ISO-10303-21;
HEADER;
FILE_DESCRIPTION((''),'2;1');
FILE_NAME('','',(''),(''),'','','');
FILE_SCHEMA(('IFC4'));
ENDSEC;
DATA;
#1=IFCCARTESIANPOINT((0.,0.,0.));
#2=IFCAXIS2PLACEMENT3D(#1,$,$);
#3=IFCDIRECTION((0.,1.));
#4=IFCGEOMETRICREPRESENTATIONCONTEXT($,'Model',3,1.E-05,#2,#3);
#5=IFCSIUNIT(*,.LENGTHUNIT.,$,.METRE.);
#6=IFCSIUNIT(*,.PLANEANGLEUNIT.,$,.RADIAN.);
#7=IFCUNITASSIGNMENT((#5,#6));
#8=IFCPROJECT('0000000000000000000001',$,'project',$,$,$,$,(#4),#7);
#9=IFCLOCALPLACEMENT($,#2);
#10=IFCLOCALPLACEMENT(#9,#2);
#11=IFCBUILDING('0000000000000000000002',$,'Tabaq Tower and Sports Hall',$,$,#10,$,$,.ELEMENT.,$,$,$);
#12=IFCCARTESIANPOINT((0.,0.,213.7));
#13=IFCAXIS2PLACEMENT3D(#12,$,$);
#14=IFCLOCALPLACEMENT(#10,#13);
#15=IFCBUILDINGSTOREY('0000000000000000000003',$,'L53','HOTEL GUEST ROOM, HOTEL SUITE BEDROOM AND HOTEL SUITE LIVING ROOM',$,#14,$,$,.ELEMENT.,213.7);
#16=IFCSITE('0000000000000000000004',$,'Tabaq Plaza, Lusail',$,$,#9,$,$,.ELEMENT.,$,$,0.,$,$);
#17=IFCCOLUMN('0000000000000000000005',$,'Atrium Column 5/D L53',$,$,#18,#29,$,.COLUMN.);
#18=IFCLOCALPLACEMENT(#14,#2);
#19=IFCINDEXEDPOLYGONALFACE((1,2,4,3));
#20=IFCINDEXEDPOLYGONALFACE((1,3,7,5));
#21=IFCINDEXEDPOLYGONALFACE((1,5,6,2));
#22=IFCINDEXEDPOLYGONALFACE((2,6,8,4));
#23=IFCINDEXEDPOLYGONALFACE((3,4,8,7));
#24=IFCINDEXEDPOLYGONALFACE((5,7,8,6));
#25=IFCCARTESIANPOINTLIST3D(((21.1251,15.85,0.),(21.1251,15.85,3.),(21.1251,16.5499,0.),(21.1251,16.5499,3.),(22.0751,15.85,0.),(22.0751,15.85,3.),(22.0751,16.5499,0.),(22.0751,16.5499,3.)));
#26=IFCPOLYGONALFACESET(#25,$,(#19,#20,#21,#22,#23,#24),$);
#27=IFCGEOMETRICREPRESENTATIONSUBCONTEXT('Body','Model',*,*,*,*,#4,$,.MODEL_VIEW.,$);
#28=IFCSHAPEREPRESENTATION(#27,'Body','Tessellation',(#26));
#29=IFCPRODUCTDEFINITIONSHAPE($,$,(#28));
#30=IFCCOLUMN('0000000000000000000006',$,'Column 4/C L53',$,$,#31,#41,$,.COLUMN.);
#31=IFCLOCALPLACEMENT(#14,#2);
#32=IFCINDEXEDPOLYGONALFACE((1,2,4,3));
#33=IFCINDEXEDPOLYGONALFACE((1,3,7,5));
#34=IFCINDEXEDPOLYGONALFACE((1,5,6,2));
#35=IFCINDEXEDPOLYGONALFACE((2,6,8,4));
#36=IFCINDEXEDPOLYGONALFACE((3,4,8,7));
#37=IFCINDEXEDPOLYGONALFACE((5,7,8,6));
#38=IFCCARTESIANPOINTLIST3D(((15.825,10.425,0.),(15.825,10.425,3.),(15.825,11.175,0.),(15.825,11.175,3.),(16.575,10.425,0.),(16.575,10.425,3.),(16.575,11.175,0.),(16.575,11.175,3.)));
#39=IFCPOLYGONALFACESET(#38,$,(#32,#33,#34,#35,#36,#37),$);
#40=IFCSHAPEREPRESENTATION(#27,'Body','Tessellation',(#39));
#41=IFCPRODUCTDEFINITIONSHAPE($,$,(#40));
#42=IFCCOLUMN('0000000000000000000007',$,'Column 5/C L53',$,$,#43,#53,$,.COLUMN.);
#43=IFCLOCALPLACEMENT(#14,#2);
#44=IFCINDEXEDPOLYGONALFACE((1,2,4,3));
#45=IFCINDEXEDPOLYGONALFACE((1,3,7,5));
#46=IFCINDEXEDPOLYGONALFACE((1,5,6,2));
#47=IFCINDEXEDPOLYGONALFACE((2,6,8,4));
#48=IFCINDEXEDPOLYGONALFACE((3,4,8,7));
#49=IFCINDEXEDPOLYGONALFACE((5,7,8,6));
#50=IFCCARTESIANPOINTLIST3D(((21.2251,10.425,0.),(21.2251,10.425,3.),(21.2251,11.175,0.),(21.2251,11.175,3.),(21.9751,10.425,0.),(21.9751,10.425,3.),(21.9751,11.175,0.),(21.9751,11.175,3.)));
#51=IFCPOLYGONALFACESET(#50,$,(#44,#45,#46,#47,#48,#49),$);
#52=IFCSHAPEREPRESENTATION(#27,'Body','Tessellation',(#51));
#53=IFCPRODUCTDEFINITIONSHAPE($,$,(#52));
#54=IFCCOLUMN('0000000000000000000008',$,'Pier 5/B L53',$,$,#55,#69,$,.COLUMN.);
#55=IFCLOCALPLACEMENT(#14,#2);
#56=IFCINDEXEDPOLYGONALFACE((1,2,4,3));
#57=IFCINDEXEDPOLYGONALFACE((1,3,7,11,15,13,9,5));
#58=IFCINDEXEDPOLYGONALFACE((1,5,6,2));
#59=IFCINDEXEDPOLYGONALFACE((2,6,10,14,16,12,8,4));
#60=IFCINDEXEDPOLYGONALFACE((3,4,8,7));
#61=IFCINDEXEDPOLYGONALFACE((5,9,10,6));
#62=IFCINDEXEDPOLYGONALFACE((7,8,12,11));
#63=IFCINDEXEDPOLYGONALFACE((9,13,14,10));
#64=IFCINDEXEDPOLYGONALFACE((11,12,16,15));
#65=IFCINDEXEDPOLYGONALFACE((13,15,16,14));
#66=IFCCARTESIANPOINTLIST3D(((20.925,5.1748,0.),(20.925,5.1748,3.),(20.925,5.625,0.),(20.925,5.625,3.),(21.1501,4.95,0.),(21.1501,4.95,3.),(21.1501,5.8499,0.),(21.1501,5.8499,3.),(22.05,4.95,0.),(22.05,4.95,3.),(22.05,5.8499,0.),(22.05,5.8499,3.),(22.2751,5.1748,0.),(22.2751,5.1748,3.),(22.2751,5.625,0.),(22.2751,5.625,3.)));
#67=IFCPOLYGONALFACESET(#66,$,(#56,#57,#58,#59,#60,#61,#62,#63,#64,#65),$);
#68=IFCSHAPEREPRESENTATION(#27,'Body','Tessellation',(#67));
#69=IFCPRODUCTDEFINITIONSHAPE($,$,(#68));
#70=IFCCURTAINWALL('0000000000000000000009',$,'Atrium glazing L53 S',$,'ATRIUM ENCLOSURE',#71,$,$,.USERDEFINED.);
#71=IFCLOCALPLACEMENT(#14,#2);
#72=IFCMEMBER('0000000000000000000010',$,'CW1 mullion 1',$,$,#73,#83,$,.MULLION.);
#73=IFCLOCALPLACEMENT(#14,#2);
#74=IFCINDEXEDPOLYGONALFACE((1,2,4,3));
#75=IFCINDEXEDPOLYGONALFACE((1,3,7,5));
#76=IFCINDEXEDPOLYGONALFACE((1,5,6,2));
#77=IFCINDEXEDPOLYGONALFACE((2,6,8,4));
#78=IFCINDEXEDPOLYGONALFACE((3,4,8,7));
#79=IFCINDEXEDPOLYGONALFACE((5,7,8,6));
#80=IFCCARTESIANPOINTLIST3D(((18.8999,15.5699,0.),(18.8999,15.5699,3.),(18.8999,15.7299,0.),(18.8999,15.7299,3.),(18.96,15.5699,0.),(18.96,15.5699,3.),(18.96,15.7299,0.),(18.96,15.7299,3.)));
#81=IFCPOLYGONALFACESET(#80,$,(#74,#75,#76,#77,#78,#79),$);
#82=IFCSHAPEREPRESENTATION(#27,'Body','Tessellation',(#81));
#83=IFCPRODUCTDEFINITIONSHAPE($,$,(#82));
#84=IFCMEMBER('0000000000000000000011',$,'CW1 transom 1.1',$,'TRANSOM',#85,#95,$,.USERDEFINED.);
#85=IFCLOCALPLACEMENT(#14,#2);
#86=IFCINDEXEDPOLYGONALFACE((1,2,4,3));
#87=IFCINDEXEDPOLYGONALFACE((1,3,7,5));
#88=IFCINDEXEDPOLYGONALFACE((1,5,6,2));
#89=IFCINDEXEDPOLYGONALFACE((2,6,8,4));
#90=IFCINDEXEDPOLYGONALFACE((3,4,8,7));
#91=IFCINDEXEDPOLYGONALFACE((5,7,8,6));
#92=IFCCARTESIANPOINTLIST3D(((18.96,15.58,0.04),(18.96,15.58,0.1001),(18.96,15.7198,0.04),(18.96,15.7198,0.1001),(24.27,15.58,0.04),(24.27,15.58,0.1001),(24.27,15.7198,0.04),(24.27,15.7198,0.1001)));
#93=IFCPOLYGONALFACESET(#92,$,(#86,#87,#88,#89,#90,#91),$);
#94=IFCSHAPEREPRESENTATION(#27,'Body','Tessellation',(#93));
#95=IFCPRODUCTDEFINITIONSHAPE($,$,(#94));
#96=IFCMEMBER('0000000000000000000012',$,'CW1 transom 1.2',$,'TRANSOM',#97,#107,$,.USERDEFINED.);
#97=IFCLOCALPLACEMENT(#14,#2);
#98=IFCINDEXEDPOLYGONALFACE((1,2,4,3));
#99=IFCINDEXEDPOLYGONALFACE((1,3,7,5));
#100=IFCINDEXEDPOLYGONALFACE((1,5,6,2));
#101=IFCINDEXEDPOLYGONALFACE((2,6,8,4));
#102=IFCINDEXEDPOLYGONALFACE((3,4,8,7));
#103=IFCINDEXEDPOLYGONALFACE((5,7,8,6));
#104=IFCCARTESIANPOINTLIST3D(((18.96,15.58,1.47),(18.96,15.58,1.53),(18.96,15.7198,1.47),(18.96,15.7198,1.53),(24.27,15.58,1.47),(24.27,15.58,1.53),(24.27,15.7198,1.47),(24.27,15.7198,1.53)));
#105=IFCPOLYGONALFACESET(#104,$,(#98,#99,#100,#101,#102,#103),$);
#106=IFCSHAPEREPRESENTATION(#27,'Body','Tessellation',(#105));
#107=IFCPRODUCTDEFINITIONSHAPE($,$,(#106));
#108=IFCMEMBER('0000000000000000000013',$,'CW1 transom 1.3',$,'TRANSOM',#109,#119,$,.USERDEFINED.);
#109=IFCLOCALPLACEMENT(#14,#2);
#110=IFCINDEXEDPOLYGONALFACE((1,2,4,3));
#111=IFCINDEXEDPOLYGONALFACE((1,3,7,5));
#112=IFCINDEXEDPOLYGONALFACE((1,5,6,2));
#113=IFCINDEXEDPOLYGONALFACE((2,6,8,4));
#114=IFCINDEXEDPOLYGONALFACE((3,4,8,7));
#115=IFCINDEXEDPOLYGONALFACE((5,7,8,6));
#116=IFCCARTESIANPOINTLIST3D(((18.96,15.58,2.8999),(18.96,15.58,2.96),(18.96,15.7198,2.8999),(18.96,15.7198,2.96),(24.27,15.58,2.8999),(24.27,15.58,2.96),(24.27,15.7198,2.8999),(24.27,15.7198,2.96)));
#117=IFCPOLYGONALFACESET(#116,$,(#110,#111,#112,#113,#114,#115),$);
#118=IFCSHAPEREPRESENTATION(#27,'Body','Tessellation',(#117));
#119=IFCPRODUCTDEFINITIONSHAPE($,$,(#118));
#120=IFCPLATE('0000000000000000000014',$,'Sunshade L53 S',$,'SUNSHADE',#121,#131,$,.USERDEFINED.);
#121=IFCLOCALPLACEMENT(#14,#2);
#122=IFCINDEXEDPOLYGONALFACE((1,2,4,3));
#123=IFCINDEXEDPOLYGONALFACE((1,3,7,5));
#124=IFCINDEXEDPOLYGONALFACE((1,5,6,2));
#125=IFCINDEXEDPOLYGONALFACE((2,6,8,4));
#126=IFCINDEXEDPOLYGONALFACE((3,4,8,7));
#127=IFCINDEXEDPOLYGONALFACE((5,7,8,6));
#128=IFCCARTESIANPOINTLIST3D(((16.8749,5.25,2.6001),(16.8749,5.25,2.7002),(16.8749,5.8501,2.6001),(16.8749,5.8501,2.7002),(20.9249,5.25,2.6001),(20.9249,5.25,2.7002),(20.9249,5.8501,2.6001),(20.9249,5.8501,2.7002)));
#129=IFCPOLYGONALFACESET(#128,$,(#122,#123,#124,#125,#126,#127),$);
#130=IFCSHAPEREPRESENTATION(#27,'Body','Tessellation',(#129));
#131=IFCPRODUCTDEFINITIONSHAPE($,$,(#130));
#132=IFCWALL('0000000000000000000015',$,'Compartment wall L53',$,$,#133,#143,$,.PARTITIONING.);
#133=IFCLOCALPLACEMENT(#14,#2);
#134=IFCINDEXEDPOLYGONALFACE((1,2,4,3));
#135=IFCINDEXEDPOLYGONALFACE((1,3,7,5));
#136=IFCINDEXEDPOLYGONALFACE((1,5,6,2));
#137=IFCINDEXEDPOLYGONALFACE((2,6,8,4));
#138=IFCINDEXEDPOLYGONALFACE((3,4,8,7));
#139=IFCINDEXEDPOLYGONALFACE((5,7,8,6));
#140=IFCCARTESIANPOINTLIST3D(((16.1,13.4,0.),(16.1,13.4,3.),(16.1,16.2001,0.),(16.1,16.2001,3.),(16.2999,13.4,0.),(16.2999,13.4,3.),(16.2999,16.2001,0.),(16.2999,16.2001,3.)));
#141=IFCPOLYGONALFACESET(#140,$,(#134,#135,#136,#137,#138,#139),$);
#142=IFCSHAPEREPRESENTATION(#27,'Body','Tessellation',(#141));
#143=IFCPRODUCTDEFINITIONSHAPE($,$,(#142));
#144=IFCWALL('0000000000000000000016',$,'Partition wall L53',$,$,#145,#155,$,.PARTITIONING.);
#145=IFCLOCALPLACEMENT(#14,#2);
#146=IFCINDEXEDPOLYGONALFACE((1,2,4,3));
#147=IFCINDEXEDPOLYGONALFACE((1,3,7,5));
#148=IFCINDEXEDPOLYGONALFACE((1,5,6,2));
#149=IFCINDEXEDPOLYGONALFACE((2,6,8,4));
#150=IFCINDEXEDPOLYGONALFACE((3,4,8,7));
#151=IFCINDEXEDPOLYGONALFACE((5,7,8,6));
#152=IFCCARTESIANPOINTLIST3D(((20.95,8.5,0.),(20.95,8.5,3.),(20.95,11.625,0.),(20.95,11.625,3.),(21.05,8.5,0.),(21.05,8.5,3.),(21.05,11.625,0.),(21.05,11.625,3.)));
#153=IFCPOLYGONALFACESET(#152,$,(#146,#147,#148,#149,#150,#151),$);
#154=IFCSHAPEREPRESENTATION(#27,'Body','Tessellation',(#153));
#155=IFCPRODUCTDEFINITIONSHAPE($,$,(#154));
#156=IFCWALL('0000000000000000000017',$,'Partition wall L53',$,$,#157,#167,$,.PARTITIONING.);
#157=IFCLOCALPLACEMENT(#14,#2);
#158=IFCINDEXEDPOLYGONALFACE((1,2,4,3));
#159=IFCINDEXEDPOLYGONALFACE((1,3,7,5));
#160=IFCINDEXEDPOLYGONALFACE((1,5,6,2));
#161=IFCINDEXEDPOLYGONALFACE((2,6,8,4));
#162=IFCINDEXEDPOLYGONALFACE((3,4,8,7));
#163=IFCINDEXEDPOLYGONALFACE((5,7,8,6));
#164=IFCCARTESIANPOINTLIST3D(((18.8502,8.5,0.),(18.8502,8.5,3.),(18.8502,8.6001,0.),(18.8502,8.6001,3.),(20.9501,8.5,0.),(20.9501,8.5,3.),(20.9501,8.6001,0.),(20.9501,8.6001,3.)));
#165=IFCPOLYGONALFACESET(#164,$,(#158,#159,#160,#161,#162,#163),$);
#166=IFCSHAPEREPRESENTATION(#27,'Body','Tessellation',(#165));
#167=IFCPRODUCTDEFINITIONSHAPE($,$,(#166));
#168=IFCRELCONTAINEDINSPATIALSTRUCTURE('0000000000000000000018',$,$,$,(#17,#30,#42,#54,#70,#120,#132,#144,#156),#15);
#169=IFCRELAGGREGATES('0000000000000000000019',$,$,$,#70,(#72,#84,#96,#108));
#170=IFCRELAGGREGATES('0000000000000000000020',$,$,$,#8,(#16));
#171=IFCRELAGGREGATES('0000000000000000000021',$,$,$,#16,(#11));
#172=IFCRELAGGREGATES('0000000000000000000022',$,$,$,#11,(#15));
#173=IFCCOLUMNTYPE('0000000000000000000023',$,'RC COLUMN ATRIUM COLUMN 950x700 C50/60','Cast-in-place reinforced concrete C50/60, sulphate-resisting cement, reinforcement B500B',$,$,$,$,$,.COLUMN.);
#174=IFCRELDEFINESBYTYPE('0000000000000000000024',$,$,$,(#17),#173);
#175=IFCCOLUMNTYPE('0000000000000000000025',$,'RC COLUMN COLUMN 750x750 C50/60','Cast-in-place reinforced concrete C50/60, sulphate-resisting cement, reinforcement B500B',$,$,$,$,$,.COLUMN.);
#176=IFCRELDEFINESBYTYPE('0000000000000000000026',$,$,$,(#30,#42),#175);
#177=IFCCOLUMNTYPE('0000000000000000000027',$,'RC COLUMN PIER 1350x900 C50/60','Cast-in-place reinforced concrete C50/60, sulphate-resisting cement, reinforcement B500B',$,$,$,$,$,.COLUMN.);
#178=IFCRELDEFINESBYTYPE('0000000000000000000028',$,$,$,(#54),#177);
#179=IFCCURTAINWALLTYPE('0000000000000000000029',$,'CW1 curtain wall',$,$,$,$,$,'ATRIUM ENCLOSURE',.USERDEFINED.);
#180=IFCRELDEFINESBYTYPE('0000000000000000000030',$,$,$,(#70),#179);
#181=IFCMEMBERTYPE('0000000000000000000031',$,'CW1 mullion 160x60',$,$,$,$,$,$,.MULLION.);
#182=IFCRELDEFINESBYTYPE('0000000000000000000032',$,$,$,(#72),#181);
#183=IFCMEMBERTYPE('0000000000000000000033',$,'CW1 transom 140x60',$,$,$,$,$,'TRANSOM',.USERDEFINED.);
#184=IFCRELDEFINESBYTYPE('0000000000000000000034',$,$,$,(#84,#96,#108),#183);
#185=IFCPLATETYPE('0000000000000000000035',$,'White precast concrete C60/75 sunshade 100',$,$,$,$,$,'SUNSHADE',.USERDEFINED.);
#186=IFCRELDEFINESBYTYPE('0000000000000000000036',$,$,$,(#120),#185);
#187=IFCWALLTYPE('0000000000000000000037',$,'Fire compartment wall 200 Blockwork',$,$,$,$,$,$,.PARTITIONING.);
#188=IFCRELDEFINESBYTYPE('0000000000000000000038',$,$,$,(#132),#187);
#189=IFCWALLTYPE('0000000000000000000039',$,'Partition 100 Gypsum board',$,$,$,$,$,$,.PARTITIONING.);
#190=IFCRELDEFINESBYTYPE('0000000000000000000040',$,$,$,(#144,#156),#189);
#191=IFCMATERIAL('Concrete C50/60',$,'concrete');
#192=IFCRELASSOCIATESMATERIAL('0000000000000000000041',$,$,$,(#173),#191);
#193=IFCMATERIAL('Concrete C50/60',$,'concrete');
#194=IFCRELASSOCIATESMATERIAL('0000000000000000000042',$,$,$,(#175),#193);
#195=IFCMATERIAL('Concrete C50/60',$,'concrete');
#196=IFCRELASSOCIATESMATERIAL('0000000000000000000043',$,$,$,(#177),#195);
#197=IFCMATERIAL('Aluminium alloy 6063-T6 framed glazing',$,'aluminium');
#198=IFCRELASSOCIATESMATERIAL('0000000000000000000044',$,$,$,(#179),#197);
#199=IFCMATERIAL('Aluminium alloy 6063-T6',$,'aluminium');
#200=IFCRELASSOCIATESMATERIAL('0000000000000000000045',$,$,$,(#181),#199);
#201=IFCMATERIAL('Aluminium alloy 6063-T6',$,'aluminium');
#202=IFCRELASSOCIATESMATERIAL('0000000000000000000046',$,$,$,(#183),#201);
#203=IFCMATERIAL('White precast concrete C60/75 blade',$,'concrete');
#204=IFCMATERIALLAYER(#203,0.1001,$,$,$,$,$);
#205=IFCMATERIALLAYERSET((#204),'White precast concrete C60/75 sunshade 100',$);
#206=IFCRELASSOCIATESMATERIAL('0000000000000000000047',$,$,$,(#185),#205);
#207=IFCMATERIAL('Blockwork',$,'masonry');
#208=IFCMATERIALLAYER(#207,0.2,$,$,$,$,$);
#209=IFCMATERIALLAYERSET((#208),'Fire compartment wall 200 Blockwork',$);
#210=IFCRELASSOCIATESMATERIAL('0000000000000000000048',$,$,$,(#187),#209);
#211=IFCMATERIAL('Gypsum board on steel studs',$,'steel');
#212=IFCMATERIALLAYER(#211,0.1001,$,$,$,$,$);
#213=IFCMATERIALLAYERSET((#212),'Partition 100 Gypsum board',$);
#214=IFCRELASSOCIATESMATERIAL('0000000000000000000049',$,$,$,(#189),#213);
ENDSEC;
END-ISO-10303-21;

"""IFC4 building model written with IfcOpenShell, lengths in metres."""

from ifc_helpers import new_model, si_unit, direction, frame, frame_2d, origin, origin_2d, place, context, subcontext, project, spatial, polyline, rectangle, outline, extrude, material, layer, layer_set, material_profile, profile_set, type_object, element, aggregate, save


model = new_model("IFC4")

# Units and contexts
model_context = context("Model", 3, precision=1e-05, world=origin(), true_north=direction((0.0, 1.0)))
body_context = subcontext(model_context, "Body", "Model", "MODEL_VIEW")
ifc_project = project(units=[si_unit("LENGTHUNIT", "METRE"), si_unit("PLANEANGLEUNIT", "RADIAN")], contexts=[model_context])

# Site, building, storey
site_placement = place(None, origin())
site = spatial("IfcSite", under=ifc_project, at=site_placement, Name="Tabaq Plaza, Lusail", CompositionType="ELEMENT", RefElevation=0.0)
building_placement = place(site_placement, origin())
building = spatial("IfcBuilding", under=site, at=building_placement, Name="Tabaq Tower and Sports Hall", CompositionType="ELEMENT")
storey_placement = place(building_placement, frame((0.0, 0.0, 213.7)))
storey = spatial("IfcBuildingStorey", under=building, at=storey_placement, Name="L53", Description="HOTEL GUEST ROOM, HOTEL SUITE BEDROOM AND HOTEL SUITE LIVING ROOM", CompositionType="ELEMENT", Elevation=213.7)

# Columns
ifc_material_1 = material(Name="Concrete C50/60", Category="concrete")
ifc_material_profile_1 = material_profile(ifc_material_1, rectangle(XDim=0.95, YDim=0.7, at=origin_2d()), Name="ATRIUM COLUMN 950x700")
ifc_profile_set_1 = profile_set([ifc_material_profile_1], Name="Concrete C50/60")
column_type_1 = type_object("IfcColumnType", Name="RC COLUMN ATRIUM COLUMN 950x700 C50/60", Description="Cast-in-place reinforced concrete C50/60, sulphate-resisting cement, reinforcement B500B", PredefinedType="COLUMN", material=ifc_profile_set_1)
column_1_placement = place(storey_placement, frame((21.6001, 16.2, 0.0), z_axis=(0.0, 0.0, 1.0), x_axis=(1.0, 0.0, 0.0)))
element("IfcColumn", 1, at=column_1_placement, inside=storey, type_object=column_type_1, Name="Atrium Column 5/D L53", PredefinedType="COLUMN", context=body_context, shape_type="SweptSolid", body=[
    extrude(rectangle(XDim=0.95, YDim=0.7, at=origin_2d()), origin(), (0.0, 0.0, 1.0), 3.0),
])
ifc_material_2 = material(Name="Concrete C50/60", Category="concrete")
ifc_material_profile_2 = material_profile(ifc_material_2, rectangle(XDim=0.75, YDim=0.75, at=origin_2d()), Name="COLUMN 750x750")
ifc_profile_set_2 = profile_set([ifc_material_profile_2], Name="Concrete C50/60")
column_type_2 = type_object("IfcColumnType", Name="RC COLUMN COLUMN 750x750 C50/60", Description="Cast-in-place reinforced concrete C50/60, sulphate-resisting cement, reinforcement B500B", PredefinedType="COLUMN", material=ifc_profile_set_2)
for number, where, z_axis, x_axis, name in (
    (2, (16.2, 10.8, 0.0), (0.0, 0.0, 1.0), (1.0, 0.0, 0.0), "Column 4/C L53"),
    (3, (21.6001, 10.8, 0.0), (0.0, 0.0, 1.0), (1.0, 0.0, 0.0), "Column 5/C L53"),
):
    element("IfcColumn", number, at=place(storey_placement, frame(where, z_axis=z_axis, x_axis=x_axis)), inside=storey, type_object=column_type_2, Name=name, PredefinedType="COLUMN", context=body_context, shape_type="SweptSolid", body=[
        extrude(rectangle(XDim=0.75, YDim=0.75, at=origin_2d()), origin(), (0.0, 0.0, 1.0), 3.0),
    ])
ifc_material_3 = material(Name="Concrete C50/60", Category="concrete")
ifc_material_profile_3 = material_profile(ifc_material_3, outline(polyline([(-0.45, -0.45), (0.45, -0.45), (0.675, -0.2251), (0.675, 0.2251), (0.45, 0.45), (-0.45, 0.45), (-0.675, 0.2251), (-0.675, -0.2251), (-0.45, -0.45)])), Name="PIER 1350x900")
ifc_profile_set_3 = profile_set([ifc_material_profile_3], Name="Concrete C50/60")
column_type_3 = type_object("IfcColumnType", Name="RC COLUMN PIER 1350x900 C50/60", Description="Cast-in-place reinforced concrete C50/60, sulphate-resisting cement, reinforcement B500B", PredefinedType="COLUMN", material=ifc_profile_set_3)
column_2_placement = place(storey_placement, frame((21.6001, 5.3999, 0.0), z_axis=(0.0, 0.0, 1.0), x_axis=(1.0, 0.0, 0.0)))
element("IfcColumn", 4, at=column_2_placement, inside=storey, type_object=column_type_3, Name="Pier 5/B L53", PredefinedType="COLUMN", context=body_context, shape_type="SweptSolid", body=[
    extrude(outline(polyline([(-0.45, -0.45), (0.45, -0.45), (0.675, -0.2251), (0.675, 0.2251), (0.45, 0.45), (-0.45, 0.45), (-0.675, 0.2251), (-0.675, -0.2251), (-0.45, -0.45)])), origin(), (0.0, 0.0, 1.0), 3.0),
])

# Curtain wall, members
ifc_material_4 = material(Name="Aluminium alloy 6063-T6 framed glazing", Category="aluminium")
curtain_wall_type = type_object("IfcCurtainWallType", Name="CW1 curtain wall", ElementType="ATRIUM ENCLOSURE", PredefinedType="USERDEFINED", material=ifc_material_4)
curtain_wall_placement = place(storey_placement, origin())
curtain_wall = element("IfcCurtainWall", 5, at=curtain_wall_placement, inside=storey, type_object=curtain_wall_type, Name="Atrium glazing L53 S", ObjectType="ATRIUM ENCLOSURE", PredefinedType="USERDEFINED")
ifc_material_5 = material(Name="Aluminium alloy 6063-T6", Category="aluminium")
ifc_material_profile_4 = material_profile(ifc_material_5, rectangle(XDim=0.1599, YDim=0.0601, at=origin_2d()), Name="MULLION 160x60")
ifc_profile_set_4 = profile_set([ifc_material_profile_4], Name="Aluminium alloy 6063-T6")
member_type_1 = type_object("IfcMemberType", Name="CW1 mullion 160x60", PredefinedType="MULLION", material=ifc_profile_set_4)
member_1_placement = place(storey_placement, frame((18.9299, 15.6499, 0.0), z_axis=(0.0, 0.0, 1.0), x_axis=(0.0, 1.0, 0.0)))
member_1 = element("IfcMember", 6, at=member_1_placement, type_object=member_type_1, Name="CW1 mullion 1", PredefinedType="MULLION", context=body_context, shape_type="SweptSolid", body=[
    extrude(rectangle(XDim=0.1599, YDim=0.0601, at=origin_2d()), origin(), (0.0, 0.0, 1.0), 3.0),
])
ifc_material_6 = material(Name="Aluminium alloy 6063-T6", Category="aluminium")
ifc_material_profile_5 = material_profile(ifc_material_6, rectangle(XDim=0.1399, YDim=0.0601, at=origin_2d()), Name="TRANSOM 140x60")
ifc_profile_set_5 = profile_set([ifc_material_profile_5], Name="Aluminium alloy 6063-T6")
member_type_2 = type_object("IfcMemberType", Name="CW1 transom 140x60", ElementType="TRANSOM", PredefinedType="USERDEFINED", material=ifc_profile_set_5)
member_2_placement = place(storey_placement, frame((18.96, 15.6499, 0.0701), z_axis=(1.0, 0.0, 0.0), x_axis=(0.0, 1.0, 0.0)))
member_2 = element("IfcMember", 7, at=member_2_placement, type_object=member_type_2, Name="CW1 transom 1.1", ObjectType="TRANSOM", PredefinedType="USERDEFINED", context=body_context, shape_type="SweptSolid", body=[
    extrude(rectangle(XDim=0.1399, YDim=0.0601, at=origin_2d()), origin(), (0.0, 0.0, 1.0), 5.3101),
])
member_3_placement = place(storey_placement, frame((18.96, 15.6499, 1.5), z_axis=(1.0, 0.0, 0.0), x_axis=(0.0, 1.0, 0.0)))
member_3 = element("IfcMember", 8, at=member_3_placement, type_object=member_type_2, Name="CW1 transom 1.2", ObjectType="TRANSOM", PredefinedType="USERDEFINED", context=body_context, shape_type="SweptSolid", body=[
    extrude(rectangle(XDim=0.1399, YDim=0.0601, at=origin_2d()), origin(), (0.0, 0.0, 1.0), 5.3101),
])
member_4_placement = place(storey_placement, frame((18.96, 15.6499, 2.9299), z_axis=(1.0, 0.0, 0.0), x_axis=(0.0, 1.0, 0.0)))
member_4 = element("IfcMember", 9, at=member_4_placement, type_object=member_type_2, Name="CW1 transom 1.3", ObjectType="TRANSOM", PredefinedType="USERDEFINED", context=body_context, shape_type="SweptSolid", body=[
    extrude(rectangle(XDim=0.1399, YDim=0.0601, at=origin_2d()), origin(), (0.0, 0.0, 1.0), 5.3101),
])
aggregate(curtain_wall, [member_1, member_2, member_3, member_4])

# Plate
ifc_material_7 = material(Name="White precast concrete C60/75 blade", Category="concrete")
ifc_layer_1 = layer(ifc_material_7, 0.1001)
ifc_layer_set_1 = layer_set([ifc_layer_1], Name="White precast concrete C60/75 sunshade 100")
plate_type = type_object("IfcPlateType", Name="White precast concrete C60/75 sunshade 100", ElementType="SUNSHADE", PredefinedType="USERDEFINED", material=ifc_layer_set_1)
plate_placement = place(storey_placement, frame((18.8999, 5.55, 2.6001), z_axis=(0.0, 0.0, 1.0), x_axis=(1.0, 0.0, 0.0)))
element("IfcPlate", 10, at=plate_placement, inside=storey, type_object=plate_type, Name="Sunshade L53 S", ObjectType="SUNSHADE", PredefinedType="USERDEFINED", context=body_context, shape_type="SweptSolid", body=[
    extrude(rectangle(XDim=4.05, YDim=0.6001, at=origin_2d()), origin(), (0.0, 0.0, 1.0), 0.1001),
])

# Walls
ifc_material_8 = material(Name="Blockwork", Category="masonry")
ifc_layer_2 = layer(ifc_material_8, 0.2)
ifc_layer_set_2 = layer_set([ifc_layer_2], Name="Fire compartment wall 200 Blockwork")
wall_type_1 = type_object("IfcWallType", Name="Fire compartment wall 200 Blockwork", PredefinedType="PARTITIONING", material=ifc_layer_set_2)
wall_1_placement = place(storey_placement, frame((16.2, 16.2, 0.0), z_axis=(0.0, 0.0, 1.0), x_axis=(0.0, -1.0, 0.0)))
element("IfcWall", 11, at=wall_1_placement, inside=storey, type_object=wall_type_1, Name="Compartment wall L53", PredefinedType="PARTITIONING", context=body_context, shape_type="SweptSolid", body=[
    extrude(rectangle(XDim=2.8, YDim=0.2, at=frame_2d((1.3999, 0.0))), origin(), (0.0, 0.0, 1.0), 3.0),
])
ifc_material_9 = material(Name="Gypsum board on steel studs", Category="steel")
ifc_layer_3 = layer(ifc_material_9, 0.1001)
ifc_layer_set_3 = layer_set([ifc_layer_3], Name="Partition 100 Gypsum board")
wall_type_2 = type_object("IfcWallType", Name="Partition 100 Gypsum board", PredefinedType="PARTITIONING", material=ifc_layer_set_3)
wall_2_placement = place(storey_placement, frame((21.0, 11.625, 0.0), z_axis=(0.0, 0.0, 1.0), x_axis=(0.0, -1.0, 0.0)))
element("IfcWall", 12, at=wall_2_placement, inside=storey, type_object=wall_type_2, Name="Partition wall L53", PredefinedType="PARTITIONING", context=body_context, shape_type="SweptSolid", body=[
    extrude(rectangle(XDim=3.125, YDim=0.1001, at=frame_2d((1.5625, 0.0))), origin(), (0.0, 0.0, 1.0), 3.0),
])
wall_3_placement = place(storey_placement, frame((20.95, 8.55, 0.0), z_axis=(0.0, 0.0, 1.0), x_axis=(-1.0, 0.0, 0.0)))
element("IfcWall", 13, at=wall_3_placement, inside=storey, type_object=wall_type_2, Name="Partition wall L53", PredefinedType="PARTITIONING", context=body_context, shape_type="SweptSolid", body=[
    extrude(rectangle(XDim=2.0999, YDim=0.1001, at=frame_2d((1.0498, 0.0))), origin(), (0.0, 0.0, 1.0), 3.0),
])

save(model, "model.ifc")
